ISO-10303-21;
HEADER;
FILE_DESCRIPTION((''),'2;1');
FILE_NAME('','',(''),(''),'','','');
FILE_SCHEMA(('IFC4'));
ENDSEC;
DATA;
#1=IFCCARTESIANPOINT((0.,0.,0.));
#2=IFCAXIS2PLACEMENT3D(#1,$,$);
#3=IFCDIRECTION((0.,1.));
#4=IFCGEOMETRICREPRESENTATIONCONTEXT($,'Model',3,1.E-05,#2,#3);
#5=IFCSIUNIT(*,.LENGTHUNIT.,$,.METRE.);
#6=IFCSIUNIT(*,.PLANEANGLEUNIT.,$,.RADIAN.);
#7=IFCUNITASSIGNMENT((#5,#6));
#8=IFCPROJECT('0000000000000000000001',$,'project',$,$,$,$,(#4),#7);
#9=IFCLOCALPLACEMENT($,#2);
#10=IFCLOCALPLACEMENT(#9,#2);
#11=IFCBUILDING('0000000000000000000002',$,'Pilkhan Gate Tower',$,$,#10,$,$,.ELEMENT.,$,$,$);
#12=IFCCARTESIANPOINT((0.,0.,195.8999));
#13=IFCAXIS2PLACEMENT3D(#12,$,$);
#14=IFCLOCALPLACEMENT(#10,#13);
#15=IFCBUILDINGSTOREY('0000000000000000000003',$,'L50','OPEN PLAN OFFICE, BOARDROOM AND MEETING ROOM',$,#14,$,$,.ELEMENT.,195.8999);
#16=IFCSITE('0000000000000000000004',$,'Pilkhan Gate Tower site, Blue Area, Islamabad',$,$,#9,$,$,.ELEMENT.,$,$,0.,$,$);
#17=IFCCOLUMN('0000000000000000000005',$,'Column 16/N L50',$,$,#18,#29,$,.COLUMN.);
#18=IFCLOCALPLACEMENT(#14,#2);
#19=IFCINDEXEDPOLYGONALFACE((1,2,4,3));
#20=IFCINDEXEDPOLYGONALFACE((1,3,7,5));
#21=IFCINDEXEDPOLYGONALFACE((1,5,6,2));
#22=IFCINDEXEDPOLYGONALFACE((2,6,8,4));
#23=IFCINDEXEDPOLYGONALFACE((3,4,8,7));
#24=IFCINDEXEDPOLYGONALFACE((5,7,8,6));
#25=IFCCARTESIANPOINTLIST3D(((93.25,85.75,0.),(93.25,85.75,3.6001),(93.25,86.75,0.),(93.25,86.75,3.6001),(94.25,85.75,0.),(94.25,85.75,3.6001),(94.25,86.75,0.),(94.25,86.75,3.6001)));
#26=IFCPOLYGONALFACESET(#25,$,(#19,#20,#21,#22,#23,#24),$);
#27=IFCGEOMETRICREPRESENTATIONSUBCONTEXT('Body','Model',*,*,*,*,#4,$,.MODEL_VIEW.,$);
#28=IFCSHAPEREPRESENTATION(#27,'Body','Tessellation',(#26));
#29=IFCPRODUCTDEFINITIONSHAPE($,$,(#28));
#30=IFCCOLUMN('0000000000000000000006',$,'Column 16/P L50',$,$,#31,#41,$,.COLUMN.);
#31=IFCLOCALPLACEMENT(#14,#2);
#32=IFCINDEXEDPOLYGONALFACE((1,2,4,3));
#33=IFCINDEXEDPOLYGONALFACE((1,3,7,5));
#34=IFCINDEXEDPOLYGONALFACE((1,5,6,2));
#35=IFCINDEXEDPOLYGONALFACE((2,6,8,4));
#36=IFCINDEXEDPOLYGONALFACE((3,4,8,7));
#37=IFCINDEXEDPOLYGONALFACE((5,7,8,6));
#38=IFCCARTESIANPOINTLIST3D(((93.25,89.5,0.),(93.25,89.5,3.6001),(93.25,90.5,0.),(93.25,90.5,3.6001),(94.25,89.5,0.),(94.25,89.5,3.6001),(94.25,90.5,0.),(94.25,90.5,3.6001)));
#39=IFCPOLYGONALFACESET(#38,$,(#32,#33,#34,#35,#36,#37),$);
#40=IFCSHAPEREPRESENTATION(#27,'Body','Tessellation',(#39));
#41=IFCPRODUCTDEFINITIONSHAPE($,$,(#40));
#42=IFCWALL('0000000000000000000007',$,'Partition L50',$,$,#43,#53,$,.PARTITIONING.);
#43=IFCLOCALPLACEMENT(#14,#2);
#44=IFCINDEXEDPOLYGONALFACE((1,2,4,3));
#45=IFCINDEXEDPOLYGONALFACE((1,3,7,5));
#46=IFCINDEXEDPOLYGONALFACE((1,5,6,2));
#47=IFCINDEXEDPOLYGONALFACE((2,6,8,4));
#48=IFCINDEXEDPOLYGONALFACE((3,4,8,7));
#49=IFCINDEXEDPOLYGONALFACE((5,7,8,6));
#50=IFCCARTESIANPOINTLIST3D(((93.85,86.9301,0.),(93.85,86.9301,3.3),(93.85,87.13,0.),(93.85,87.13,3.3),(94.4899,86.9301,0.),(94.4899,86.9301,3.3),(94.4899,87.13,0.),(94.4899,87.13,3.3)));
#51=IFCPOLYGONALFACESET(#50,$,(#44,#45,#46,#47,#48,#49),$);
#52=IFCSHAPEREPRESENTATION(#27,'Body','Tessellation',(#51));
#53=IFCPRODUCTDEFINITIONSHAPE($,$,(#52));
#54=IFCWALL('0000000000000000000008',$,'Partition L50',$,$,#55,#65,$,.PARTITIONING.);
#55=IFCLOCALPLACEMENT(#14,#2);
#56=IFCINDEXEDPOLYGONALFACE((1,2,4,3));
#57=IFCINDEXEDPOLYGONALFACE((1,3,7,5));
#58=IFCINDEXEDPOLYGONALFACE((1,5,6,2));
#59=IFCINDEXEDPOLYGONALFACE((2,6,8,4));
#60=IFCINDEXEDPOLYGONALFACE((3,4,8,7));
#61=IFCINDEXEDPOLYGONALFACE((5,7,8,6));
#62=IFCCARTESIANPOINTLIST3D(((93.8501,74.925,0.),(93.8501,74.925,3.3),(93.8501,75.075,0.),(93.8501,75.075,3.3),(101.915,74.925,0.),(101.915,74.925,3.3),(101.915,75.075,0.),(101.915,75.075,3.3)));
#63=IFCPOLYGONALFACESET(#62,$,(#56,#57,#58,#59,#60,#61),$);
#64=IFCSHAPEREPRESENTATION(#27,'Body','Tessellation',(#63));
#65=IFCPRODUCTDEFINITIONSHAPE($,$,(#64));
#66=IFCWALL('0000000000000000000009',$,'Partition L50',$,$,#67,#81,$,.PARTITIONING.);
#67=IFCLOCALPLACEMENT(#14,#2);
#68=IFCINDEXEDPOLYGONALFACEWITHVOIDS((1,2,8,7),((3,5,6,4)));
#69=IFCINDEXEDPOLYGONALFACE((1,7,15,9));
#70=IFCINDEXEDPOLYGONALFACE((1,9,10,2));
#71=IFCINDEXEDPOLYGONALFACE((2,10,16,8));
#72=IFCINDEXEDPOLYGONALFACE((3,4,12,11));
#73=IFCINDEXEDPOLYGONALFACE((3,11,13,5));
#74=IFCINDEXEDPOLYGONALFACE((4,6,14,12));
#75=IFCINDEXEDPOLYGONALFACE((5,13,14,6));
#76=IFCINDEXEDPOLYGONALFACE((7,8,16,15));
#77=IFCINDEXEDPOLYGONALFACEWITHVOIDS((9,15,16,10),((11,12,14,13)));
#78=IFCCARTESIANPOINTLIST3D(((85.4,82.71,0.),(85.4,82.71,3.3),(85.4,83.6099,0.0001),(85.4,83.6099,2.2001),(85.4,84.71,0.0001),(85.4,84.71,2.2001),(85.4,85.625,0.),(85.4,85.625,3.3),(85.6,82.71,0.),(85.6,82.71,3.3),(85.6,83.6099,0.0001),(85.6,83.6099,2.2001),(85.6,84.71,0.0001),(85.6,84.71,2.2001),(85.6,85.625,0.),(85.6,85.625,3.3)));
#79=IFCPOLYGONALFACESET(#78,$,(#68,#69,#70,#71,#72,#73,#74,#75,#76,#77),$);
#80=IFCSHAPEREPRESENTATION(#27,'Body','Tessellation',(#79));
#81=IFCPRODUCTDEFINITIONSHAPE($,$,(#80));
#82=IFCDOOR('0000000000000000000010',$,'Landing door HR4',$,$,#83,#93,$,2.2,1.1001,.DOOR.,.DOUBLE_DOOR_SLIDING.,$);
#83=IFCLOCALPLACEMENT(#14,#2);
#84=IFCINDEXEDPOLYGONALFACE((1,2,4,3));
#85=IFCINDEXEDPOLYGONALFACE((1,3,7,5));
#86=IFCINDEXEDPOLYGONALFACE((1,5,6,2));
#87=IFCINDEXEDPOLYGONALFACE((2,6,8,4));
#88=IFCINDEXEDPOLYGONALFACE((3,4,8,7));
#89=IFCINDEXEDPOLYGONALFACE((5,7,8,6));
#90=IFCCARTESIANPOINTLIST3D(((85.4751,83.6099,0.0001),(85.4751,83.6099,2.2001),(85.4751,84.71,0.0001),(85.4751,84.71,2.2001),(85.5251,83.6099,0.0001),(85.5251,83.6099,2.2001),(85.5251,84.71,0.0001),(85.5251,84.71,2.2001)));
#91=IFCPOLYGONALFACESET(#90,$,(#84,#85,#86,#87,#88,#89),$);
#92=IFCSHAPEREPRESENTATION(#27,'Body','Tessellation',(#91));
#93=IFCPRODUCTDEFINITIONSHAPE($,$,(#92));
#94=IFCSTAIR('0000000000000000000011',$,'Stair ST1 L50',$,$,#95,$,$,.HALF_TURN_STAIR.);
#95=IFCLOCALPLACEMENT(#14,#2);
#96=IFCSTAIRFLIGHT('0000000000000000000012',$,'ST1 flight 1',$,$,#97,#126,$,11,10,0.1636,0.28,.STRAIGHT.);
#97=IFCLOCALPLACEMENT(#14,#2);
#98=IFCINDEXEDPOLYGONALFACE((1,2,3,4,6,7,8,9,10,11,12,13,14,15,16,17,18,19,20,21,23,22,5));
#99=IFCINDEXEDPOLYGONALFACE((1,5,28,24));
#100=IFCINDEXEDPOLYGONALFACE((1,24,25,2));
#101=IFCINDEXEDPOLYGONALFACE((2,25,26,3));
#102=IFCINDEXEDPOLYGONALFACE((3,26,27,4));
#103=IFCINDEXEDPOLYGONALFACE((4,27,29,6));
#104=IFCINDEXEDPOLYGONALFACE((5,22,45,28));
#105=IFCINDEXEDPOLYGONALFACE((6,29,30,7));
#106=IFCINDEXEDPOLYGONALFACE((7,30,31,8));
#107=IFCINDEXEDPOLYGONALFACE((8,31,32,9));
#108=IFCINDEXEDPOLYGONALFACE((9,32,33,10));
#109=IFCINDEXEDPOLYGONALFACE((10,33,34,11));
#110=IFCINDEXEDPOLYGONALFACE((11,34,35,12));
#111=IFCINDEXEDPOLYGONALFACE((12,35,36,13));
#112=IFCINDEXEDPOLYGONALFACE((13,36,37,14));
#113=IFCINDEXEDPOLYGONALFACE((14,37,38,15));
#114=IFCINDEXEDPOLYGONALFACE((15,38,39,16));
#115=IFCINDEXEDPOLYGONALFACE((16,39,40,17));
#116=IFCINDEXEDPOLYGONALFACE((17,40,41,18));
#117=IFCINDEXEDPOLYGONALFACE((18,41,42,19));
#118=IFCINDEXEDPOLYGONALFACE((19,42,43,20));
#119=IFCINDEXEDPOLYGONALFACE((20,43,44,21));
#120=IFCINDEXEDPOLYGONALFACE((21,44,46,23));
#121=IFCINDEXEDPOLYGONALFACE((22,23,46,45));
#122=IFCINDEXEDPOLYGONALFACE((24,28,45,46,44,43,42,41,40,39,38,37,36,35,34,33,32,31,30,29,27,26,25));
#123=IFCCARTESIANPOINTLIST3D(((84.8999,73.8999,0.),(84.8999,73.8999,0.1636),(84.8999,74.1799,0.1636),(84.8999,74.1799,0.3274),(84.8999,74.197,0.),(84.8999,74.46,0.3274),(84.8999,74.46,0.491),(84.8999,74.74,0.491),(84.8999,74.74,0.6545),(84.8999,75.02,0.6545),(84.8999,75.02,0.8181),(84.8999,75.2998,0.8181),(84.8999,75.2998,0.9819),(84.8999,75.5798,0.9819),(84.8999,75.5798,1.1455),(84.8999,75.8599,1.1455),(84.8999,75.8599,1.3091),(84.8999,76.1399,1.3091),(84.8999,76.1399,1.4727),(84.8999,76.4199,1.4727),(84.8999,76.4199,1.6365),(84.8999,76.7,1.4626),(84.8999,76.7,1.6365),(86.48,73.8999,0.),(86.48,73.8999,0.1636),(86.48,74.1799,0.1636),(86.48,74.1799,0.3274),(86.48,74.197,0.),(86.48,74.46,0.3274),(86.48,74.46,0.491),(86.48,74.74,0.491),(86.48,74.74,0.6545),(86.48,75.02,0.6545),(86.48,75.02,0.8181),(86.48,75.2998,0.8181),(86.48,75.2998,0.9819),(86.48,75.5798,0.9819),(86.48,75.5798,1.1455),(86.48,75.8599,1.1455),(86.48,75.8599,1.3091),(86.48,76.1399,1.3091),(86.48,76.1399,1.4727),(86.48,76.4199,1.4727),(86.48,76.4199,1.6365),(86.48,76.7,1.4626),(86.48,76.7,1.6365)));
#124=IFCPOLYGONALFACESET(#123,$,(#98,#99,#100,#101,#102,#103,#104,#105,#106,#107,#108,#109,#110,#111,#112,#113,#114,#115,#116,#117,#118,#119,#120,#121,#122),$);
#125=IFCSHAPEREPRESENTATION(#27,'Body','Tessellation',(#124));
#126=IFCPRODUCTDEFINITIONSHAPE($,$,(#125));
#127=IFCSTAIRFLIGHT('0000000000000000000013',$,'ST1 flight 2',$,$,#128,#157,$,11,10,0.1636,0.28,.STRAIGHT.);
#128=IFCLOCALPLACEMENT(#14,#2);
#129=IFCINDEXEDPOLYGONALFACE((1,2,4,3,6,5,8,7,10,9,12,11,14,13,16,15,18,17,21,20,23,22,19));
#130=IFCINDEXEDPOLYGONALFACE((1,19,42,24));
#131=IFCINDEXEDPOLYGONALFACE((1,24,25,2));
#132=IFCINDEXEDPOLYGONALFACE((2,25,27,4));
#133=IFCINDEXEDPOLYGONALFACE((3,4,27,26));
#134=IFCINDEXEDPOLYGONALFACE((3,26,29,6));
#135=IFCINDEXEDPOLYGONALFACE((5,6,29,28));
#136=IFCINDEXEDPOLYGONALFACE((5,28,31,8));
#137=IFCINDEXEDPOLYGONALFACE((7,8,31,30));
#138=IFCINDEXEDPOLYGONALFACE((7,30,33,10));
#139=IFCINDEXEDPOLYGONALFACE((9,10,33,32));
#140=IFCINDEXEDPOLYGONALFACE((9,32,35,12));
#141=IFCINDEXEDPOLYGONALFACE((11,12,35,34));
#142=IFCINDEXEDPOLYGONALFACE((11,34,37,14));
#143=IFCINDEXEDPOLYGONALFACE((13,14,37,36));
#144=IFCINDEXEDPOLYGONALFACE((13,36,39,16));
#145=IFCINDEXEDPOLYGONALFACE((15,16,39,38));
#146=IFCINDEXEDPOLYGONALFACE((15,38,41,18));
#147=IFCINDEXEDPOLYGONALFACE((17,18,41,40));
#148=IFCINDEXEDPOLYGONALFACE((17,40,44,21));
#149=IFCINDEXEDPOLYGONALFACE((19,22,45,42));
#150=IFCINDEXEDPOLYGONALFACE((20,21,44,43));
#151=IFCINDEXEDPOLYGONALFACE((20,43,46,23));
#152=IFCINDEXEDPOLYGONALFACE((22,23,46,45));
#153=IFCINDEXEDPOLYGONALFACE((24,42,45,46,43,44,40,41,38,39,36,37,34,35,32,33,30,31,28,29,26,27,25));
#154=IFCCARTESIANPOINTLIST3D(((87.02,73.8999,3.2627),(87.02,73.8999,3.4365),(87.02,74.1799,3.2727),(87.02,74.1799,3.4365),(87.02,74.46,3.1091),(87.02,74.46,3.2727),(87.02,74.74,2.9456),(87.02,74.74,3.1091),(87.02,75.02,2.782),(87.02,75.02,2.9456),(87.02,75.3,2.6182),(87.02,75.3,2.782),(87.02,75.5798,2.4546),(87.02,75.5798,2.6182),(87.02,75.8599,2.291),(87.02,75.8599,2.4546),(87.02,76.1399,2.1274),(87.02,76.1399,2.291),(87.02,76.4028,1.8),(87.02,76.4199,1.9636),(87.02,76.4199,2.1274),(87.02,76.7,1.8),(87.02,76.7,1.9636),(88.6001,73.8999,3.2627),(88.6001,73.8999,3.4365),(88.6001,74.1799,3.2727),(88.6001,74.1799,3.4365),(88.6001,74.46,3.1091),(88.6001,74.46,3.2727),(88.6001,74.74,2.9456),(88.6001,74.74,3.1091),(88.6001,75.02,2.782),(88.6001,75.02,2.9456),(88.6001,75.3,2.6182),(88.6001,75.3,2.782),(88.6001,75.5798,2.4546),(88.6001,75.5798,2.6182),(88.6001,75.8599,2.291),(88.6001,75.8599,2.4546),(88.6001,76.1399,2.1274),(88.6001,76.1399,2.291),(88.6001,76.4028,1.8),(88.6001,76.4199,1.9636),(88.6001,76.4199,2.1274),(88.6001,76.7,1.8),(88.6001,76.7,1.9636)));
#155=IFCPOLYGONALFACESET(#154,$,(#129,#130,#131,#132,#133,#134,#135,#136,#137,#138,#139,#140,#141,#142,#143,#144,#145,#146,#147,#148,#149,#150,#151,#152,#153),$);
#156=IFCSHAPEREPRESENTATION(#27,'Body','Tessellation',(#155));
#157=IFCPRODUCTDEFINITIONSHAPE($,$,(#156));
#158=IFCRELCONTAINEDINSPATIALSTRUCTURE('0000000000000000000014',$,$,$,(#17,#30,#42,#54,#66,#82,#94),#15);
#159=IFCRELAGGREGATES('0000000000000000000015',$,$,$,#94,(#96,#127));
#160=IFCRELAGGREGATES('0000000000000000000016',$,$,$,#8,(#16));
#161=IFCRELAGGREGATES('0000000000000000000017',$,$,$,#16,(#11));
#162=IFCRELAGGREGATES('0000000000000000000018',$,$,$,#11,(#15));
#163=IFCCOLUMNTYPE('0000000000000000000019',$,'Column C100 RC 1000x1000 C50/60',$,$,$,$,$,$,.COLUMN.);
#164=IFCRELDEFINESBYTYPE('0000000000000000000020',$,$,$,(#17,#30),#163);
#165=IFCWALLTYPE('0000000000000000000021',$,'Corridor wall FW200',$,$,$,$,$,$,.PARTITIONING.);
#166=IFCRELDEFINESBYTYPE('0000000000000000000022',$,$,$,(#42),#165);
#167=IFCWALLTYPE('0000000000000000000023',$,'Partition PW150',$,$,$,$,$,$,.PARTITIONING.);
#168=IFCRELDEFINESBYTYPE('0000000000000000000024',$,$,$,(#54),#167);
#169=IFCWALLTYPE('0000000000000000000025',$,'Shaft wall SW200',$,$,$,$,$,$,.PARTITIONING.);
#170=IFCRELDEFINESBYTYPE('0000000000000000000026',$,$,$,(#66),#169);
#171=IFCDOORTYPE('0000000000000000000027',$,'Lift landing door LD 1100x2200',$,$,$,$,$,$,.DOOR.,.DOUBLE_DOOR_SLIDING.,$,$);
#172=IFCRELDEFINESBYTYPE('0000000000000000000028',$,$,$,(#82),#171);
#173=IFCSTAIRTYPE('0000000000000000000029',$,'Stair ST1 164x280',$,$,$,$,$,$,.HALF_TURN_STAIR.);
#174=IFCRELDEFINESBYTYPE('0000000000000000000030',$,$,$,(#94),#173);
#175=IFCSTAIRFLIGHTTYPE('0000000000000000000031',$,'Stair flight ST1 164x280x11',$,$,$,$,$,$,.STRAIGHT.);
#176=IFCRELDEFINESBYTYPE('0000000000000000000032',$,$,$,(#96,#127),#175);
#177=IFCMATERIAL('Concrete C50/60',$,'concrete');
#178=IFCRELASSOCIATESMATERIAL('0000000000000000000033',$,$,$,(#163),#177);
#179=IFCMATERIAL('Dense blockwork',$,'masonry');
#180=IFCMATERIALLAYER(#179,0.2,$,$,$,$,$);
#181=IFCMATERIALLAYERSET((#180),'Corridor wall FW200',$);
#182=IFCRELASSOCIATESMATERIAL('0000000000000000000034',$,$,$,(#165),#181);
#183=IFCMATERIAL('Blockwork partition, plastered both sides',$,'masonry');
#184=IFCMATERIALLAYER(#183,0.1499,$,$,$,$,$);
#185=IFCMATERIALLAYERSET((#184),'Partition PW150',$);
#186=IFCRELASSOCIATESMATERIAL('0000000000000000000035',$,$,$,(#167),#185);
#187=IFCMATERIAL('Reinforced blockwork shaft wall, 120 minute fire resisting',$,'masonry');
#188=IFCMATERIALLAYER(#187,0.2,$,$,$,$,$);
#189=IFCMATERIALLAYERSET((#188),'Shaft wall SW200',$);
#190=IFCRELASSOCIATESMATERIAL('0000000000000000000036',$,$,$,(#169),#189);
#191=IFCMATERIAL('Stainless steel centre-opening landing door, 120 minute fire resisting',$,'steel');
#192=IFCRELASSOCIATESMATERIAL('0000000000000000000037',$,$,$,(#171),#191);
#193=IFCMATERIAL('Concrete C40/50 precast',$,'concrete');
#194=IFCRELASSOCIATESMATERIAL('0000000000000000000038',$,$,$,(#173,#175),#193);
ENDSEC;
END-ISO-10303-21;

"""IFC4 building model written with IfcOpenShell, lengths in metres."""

from ifc_helpers import new_model, si_unit, direction, frame, frame_2d, origin, origin_2d, place, context, subcontext, project, spatial, polyline, rectangle, outline, extrude, material, layer, layer_set, material_profile, profile_set, type_object, element, fill, aggregate, save


model = new_model("IFC4")

# Units and contexts
model_context = context("Model", 3, precision=1e-05, world=origin(), true_north=direction((0.0, 1.0)))
body_context = subcontext(model_context, "Body", "Model", "MODEL_VIEW")
ifc_project = project(units=[si_unit("LENGTHUNIT", "METRE"), si_unit("PLANEANGLEUNIT", "RADIAN")], contexts=[model_context])

# Site, building, storey
site_placement = place(None, origin())
site = spatial("IfcSite", under=ifc_project, at=site_placement, Name="Pilkhan Gate Tower site, Blue Area, Islamabad", CompositionType="ELEMENT", RefElevation=0.0)
building_placement = place(site_placement, origin())
building = spatial("IfcBuilding", under=site, at=building_placement, Name="Pilkhan Gate Tower", CompositionType="ELEMENT")
storey_placement = place(building_placement, frame((0.0, 0.0, 195.8999)))
storey = spatial("IfcBuildingStorey", under=building, at=storey_placement, Name="L50", Description="OPEN PLAN OFFICE, BOARDROOM AND MEETING ROOM", CompositionType="ELEMENT", Elevation=195.8999)

# Columns
ifc_material_1 = material(Name="Concrete C50/60", Category="concrete")
ifc_material_profile = material_profile(ifc_material_1, rectangle(XDim=1.0, YDim=1.0, at=origin_2d()), Name="RC 1000x1000")
ifc_profile_set = profile_set([ifc_material_profile], Name="Concrete C50/60")
column_type = type_object("IfcColumnType", Name="Column C100 RC 1000x1000 C50/60", PredefinedType="COLUMN", material=ifc_profile_set)
for number, where, z_axis, x_axis, name in (
    (1, (93.75, 86.25, 0.0), (0.0, 0.0, 1.0), (1.0, 0.0, 0.0), "Column 16/N L50"),
    (2, (93.75, 90.0, 0.0), (0.0, 0.0, 1.0), (1.0, 0.0, 0.0), "Column 16/P L50"),
):
    element("IfcColumn", number, at=place(storey_placement, frame(where, z_axis=z_axis, x_axis=x_axis)), inside=storey, type_object=column_type, Name=name, PredefinedType="COLUMN", context=body_context, shape_type="SweptSolid", body=[
        extrude(rectangle(XDim=1.0, YDim=1.0, at=origin_2d()), origin(), (0.0, 0.0, 1.0), 3.6001),
    ])

# Walls
ifc_material_2 = material(Name="Dense blockwork", Category="masonry")
ifc_layer_1 = layer(ifc_material_2, 0.2)
ifc_layer_set_1 = layer_set([ifc_layer_1], Name="Corridor wall FW200")
wall_type_1 = type_object("IfcWallType", Name="Corridor wall FW200", PredefinedType="PARTITIONING", material=ifc_layer_set_1)
wall_1_placement = place(storey_placement, frame((93.8501, 87.03, 0.0), z_axis=(0.0, 0.0, 1.0), x_axis=(1.0, 0.0, 0.0)))
element("IfcWall", 3, at=wall_1_placement, inside=storey, type_object=wall_type_1, Name="Partition L50", PredefinedType="PARTITIONING", context=body_context, shape_type="SweptSolid", body=[
    extrude(rectangle(XDim=0.6399, YDim=0.2, at=frame_2d((0.3198, 0.0))), origin(), (0.0, 0.0, 1.0), 3.3),
])
ifc_material_3 = material(Name="Blockwork partition, plastered both sides", Category="masonry")
ifc_layer_2 = layer(ifc_material_3, 0.1499)
ifc_layer_set_2 = layer_set([ifc_layer_2], Name="Partition PW150")
wall_type_2 = type_object("IfcWallType", Name="Partition PW150", PredefinedType="PARTITIONING", material=ifc_layer_set_2)
wall_2_placement = place(storey_placement, frame((93.8501, 75.0, 0.0), z_axis=(0.0, 0.0, 1.0), x_axis=(1.0, 0.0, 0.0)))
element("IfcWall", 4, at=wall_2_placement, inside=storey, type_object=wall_type_2, Name="Partition L50", PredefinedType="PARTITIONING", context=body_context, shape_type="SweptSolid", body=[
    extrude(rectangle(XDim=8.0649, YDim=0.1499, at=frame_2d((4.0325, 0.0))), origin(), (0.0, 0.0, 1.0), 3.3),
])

# Wall, opening, door
ifc_material_4 = material(Name="Reinforced blockwork shaft wall, 120 minute fire resisting", Category="masonry")
ifc_layer_3 = layer(ifc_material_4, 0.2)
ifc_layer_set_3 = layer_set([ifc_layer_3], Name="Shaft wall SW200")
wall_type_3 = type_object("IfcWallType", Name="Shaft wall SW200", PredefinedType="PARTITIONING", material=ifc_layer_set_3)
wall_3_placement = place(storey_placement, frame((85.5, 82.71, 0.0), z_axis=(0.0, 0.0, 1.0), x_axis=(0.0, 1.0, 0.0)))
wall_3 = element("IfcWall", 5, at=wall_3_placement, inside=storey, type_object=wall_type_3, Name="Partition L50", PredefinedType="PARTITIONING", context=body_context, shape_type="SweptSolid", body=[
    extrude(rectangle(XDim=2.915, YDim=0.2, at=frame_2d((1.4575, 0.0))), origin(), (0.0, 0.0, 1.0), 3.3),
])
opening_placement = place(wall_3_placement, frame((0.8999, 0.0, 0.0)))
opening = element("IfcOpeningElement", 6, at=opening_placement, cuts=wall_3, PredefinedType="OPENING", context=body_context, shape_type="SweptSolid", body=[
    extrude(rectangle(XDim=1.1001, YDim=2.2, at=frame_2d((0.55, 1.1001))), frame((0.0, 0.1099, 0.0), z_axis=(0.0, -1.0, 0.0), x_axis=(1.0, 0.0, 0.0)), (0.0, 0.0, 1.0), 0.22),
])
ifc_material_5 = material(Name="Stainless steel centre-opening landing door, 120 minute fire resisting", Category="steel")
door_type = type_object("IfcDoorType", Name="Lift landing door LD 1100x2200", OperationType="DOUBLE_DOOR_SLIDING", PredefinedType="DOOR", material=ifc_material_5)
door_placement = place(opening_placement, origin())
door = element("IfcDoor", 7, at=door_placement, inside=storey, type_object=door_type, Name="Landing door HR4", OperationType="DOUBLE_DOOR_SLIDING", OverallHeight=2.2, OverallWidth=1.1001, PredefinedType="DOOR", context=body_context, shape_type="SweptSolid", body=[
    extrude(rectangle(XDim=1.1001, YDim=2.2, at=frame_2d((0.55, 1.1001))), frame((0.0, 0.0249, 0.0), z_axis=(0.0, -1.0, 0.0), x_axis=(1.0, 0.0, 0.0)), (0.0, 0.0, 1.0), 0.05),
])
fill(opening, door)

# Stair, stair flights
ifc_material_6 = material(Name="Concrete C40/50 precast", Category="concrete")
stair_type_1 = type_object("IfcStairType", Name="Stair ST1 164x280", PredefinedType="HALF_TURN_STAIR", material=ifc_material_6)
stair_1_placement = place(storey_placement, origin())
stair_1 = element("IfcStair", 8, at=stair_1_placement, inside=storey, type_object=stair_type_1, Name="Stair ST1 L50", PredefinedType="HALF_TURN_STAIR")
stair_flight_type_1 = type_object("IfcStairFlightType", Name="Stair flight ST1 164x280x11", PredefinedType="STRAIGHT", material=ifc_material_6)
stair_flight_1_placement = place(storey_placement, frame((85.6899, 73.8999, 0.0), z_axis=(0.0, 0.0, 1.0), x_axis=(0.0, 1.0, 0.0)))
stair_flight_1 = element("IfcStairFlight", 9, at=stair_flight_1_placement, type_object=stair_flight_type_1, Name="ST1 flight 1", NumberOfRisers=11, NumberOfTreads=10, PredefinedType="STRAIGHT", RiserHeight=0.1636, TreadLength=0.28, context=body_context, shape_type="SweptSolid", body=[
    extrude(outline(polyline([(0.0, 0.0), (0.0, 0.1636), (0.28, 0.1636), (0.28, 0.3274), (0.5601, 0.3274), (0.5601, 0.491), (0.8401, 0.491), (0.8401, 0.6545), (1.1201, 0.6545), (1.1201, 0.8181), (1.3999, 0.8181), (1.3999, 0.9819), (1.6799, 0.9819), (1.6799, 1.1455), (1.96, 1.1455), (1.96, 1.3091), (2.24, 1.3091), (2.24, 1.4727), (2.52, 1.4727), (2.52, 1.6365), (2.8, 1.6365), (2.8, 1.8), (2.8, 1.4626), (0.2971, 0.0), (0.0, 0.0)])), frame((0.0, 0.79, 0.0), z_axis=(0.0, -1.0, 0.0), x_axis=(1.0, 0.0, 0.0)), (0.0, 0.0, 1.0), 1.5801),
])
stair_flight_2_placement = place(storey_placement, frame((87.8101, 76.7, 1.8), z_axis=(0.0, 0.0, 1.0), x_axis=(0.0, -1.0, 0.0)))
stair_flight_2 = element("IfcStairFlight", 10, at=stair_flight_2_placement, type_object=stair_flight_type_1, Name="ST1 flight 2", NumberOfRisers=11, NumberOfTreads=10, PredefinedType="STRAIGHT", RiserHeight=0.1636, TreadLength=0.28, context=body_context, shape_type="SweptSolid", body=[
    extrude(outline(polyline([(0.0, 0.0), (0.0, 0.1636), (0.28, 0.1636), (0.28, 0.3274), (0.5601, 0.3274), (0.5601, 0.491), (0.8401, 0.491), (0.8401, 0.6545), (1.1201, 0.6545), (1.1201, 0.8181), (1.3999, 0.8181), (1.3999, 0.9819), (1.6799, 0.9819), (1.6799, 1.1455), (1.96, 1.1455), (1.96, 1.3091), (2.24, 1.3091), (2.24, 1.4727), (2.52, 1.4727), (2.52, 1.6365), (2.8, 1.6365), (2.8, 1.8), (2.8, 1.4626), (0.2971, 0.0), (0.0, 0.0)])), frame((0.0, 0.79, 0.0), z_axis=(0.0, -1.0, 0.0), x_axis=(1.0, 0.0, 0.0)), (0.0, 0.0, 1.0), 1.5801),
])
aggregate(stair_1, [stair_flight_1, stair_flight_2])

save(model, "model.ifc")
